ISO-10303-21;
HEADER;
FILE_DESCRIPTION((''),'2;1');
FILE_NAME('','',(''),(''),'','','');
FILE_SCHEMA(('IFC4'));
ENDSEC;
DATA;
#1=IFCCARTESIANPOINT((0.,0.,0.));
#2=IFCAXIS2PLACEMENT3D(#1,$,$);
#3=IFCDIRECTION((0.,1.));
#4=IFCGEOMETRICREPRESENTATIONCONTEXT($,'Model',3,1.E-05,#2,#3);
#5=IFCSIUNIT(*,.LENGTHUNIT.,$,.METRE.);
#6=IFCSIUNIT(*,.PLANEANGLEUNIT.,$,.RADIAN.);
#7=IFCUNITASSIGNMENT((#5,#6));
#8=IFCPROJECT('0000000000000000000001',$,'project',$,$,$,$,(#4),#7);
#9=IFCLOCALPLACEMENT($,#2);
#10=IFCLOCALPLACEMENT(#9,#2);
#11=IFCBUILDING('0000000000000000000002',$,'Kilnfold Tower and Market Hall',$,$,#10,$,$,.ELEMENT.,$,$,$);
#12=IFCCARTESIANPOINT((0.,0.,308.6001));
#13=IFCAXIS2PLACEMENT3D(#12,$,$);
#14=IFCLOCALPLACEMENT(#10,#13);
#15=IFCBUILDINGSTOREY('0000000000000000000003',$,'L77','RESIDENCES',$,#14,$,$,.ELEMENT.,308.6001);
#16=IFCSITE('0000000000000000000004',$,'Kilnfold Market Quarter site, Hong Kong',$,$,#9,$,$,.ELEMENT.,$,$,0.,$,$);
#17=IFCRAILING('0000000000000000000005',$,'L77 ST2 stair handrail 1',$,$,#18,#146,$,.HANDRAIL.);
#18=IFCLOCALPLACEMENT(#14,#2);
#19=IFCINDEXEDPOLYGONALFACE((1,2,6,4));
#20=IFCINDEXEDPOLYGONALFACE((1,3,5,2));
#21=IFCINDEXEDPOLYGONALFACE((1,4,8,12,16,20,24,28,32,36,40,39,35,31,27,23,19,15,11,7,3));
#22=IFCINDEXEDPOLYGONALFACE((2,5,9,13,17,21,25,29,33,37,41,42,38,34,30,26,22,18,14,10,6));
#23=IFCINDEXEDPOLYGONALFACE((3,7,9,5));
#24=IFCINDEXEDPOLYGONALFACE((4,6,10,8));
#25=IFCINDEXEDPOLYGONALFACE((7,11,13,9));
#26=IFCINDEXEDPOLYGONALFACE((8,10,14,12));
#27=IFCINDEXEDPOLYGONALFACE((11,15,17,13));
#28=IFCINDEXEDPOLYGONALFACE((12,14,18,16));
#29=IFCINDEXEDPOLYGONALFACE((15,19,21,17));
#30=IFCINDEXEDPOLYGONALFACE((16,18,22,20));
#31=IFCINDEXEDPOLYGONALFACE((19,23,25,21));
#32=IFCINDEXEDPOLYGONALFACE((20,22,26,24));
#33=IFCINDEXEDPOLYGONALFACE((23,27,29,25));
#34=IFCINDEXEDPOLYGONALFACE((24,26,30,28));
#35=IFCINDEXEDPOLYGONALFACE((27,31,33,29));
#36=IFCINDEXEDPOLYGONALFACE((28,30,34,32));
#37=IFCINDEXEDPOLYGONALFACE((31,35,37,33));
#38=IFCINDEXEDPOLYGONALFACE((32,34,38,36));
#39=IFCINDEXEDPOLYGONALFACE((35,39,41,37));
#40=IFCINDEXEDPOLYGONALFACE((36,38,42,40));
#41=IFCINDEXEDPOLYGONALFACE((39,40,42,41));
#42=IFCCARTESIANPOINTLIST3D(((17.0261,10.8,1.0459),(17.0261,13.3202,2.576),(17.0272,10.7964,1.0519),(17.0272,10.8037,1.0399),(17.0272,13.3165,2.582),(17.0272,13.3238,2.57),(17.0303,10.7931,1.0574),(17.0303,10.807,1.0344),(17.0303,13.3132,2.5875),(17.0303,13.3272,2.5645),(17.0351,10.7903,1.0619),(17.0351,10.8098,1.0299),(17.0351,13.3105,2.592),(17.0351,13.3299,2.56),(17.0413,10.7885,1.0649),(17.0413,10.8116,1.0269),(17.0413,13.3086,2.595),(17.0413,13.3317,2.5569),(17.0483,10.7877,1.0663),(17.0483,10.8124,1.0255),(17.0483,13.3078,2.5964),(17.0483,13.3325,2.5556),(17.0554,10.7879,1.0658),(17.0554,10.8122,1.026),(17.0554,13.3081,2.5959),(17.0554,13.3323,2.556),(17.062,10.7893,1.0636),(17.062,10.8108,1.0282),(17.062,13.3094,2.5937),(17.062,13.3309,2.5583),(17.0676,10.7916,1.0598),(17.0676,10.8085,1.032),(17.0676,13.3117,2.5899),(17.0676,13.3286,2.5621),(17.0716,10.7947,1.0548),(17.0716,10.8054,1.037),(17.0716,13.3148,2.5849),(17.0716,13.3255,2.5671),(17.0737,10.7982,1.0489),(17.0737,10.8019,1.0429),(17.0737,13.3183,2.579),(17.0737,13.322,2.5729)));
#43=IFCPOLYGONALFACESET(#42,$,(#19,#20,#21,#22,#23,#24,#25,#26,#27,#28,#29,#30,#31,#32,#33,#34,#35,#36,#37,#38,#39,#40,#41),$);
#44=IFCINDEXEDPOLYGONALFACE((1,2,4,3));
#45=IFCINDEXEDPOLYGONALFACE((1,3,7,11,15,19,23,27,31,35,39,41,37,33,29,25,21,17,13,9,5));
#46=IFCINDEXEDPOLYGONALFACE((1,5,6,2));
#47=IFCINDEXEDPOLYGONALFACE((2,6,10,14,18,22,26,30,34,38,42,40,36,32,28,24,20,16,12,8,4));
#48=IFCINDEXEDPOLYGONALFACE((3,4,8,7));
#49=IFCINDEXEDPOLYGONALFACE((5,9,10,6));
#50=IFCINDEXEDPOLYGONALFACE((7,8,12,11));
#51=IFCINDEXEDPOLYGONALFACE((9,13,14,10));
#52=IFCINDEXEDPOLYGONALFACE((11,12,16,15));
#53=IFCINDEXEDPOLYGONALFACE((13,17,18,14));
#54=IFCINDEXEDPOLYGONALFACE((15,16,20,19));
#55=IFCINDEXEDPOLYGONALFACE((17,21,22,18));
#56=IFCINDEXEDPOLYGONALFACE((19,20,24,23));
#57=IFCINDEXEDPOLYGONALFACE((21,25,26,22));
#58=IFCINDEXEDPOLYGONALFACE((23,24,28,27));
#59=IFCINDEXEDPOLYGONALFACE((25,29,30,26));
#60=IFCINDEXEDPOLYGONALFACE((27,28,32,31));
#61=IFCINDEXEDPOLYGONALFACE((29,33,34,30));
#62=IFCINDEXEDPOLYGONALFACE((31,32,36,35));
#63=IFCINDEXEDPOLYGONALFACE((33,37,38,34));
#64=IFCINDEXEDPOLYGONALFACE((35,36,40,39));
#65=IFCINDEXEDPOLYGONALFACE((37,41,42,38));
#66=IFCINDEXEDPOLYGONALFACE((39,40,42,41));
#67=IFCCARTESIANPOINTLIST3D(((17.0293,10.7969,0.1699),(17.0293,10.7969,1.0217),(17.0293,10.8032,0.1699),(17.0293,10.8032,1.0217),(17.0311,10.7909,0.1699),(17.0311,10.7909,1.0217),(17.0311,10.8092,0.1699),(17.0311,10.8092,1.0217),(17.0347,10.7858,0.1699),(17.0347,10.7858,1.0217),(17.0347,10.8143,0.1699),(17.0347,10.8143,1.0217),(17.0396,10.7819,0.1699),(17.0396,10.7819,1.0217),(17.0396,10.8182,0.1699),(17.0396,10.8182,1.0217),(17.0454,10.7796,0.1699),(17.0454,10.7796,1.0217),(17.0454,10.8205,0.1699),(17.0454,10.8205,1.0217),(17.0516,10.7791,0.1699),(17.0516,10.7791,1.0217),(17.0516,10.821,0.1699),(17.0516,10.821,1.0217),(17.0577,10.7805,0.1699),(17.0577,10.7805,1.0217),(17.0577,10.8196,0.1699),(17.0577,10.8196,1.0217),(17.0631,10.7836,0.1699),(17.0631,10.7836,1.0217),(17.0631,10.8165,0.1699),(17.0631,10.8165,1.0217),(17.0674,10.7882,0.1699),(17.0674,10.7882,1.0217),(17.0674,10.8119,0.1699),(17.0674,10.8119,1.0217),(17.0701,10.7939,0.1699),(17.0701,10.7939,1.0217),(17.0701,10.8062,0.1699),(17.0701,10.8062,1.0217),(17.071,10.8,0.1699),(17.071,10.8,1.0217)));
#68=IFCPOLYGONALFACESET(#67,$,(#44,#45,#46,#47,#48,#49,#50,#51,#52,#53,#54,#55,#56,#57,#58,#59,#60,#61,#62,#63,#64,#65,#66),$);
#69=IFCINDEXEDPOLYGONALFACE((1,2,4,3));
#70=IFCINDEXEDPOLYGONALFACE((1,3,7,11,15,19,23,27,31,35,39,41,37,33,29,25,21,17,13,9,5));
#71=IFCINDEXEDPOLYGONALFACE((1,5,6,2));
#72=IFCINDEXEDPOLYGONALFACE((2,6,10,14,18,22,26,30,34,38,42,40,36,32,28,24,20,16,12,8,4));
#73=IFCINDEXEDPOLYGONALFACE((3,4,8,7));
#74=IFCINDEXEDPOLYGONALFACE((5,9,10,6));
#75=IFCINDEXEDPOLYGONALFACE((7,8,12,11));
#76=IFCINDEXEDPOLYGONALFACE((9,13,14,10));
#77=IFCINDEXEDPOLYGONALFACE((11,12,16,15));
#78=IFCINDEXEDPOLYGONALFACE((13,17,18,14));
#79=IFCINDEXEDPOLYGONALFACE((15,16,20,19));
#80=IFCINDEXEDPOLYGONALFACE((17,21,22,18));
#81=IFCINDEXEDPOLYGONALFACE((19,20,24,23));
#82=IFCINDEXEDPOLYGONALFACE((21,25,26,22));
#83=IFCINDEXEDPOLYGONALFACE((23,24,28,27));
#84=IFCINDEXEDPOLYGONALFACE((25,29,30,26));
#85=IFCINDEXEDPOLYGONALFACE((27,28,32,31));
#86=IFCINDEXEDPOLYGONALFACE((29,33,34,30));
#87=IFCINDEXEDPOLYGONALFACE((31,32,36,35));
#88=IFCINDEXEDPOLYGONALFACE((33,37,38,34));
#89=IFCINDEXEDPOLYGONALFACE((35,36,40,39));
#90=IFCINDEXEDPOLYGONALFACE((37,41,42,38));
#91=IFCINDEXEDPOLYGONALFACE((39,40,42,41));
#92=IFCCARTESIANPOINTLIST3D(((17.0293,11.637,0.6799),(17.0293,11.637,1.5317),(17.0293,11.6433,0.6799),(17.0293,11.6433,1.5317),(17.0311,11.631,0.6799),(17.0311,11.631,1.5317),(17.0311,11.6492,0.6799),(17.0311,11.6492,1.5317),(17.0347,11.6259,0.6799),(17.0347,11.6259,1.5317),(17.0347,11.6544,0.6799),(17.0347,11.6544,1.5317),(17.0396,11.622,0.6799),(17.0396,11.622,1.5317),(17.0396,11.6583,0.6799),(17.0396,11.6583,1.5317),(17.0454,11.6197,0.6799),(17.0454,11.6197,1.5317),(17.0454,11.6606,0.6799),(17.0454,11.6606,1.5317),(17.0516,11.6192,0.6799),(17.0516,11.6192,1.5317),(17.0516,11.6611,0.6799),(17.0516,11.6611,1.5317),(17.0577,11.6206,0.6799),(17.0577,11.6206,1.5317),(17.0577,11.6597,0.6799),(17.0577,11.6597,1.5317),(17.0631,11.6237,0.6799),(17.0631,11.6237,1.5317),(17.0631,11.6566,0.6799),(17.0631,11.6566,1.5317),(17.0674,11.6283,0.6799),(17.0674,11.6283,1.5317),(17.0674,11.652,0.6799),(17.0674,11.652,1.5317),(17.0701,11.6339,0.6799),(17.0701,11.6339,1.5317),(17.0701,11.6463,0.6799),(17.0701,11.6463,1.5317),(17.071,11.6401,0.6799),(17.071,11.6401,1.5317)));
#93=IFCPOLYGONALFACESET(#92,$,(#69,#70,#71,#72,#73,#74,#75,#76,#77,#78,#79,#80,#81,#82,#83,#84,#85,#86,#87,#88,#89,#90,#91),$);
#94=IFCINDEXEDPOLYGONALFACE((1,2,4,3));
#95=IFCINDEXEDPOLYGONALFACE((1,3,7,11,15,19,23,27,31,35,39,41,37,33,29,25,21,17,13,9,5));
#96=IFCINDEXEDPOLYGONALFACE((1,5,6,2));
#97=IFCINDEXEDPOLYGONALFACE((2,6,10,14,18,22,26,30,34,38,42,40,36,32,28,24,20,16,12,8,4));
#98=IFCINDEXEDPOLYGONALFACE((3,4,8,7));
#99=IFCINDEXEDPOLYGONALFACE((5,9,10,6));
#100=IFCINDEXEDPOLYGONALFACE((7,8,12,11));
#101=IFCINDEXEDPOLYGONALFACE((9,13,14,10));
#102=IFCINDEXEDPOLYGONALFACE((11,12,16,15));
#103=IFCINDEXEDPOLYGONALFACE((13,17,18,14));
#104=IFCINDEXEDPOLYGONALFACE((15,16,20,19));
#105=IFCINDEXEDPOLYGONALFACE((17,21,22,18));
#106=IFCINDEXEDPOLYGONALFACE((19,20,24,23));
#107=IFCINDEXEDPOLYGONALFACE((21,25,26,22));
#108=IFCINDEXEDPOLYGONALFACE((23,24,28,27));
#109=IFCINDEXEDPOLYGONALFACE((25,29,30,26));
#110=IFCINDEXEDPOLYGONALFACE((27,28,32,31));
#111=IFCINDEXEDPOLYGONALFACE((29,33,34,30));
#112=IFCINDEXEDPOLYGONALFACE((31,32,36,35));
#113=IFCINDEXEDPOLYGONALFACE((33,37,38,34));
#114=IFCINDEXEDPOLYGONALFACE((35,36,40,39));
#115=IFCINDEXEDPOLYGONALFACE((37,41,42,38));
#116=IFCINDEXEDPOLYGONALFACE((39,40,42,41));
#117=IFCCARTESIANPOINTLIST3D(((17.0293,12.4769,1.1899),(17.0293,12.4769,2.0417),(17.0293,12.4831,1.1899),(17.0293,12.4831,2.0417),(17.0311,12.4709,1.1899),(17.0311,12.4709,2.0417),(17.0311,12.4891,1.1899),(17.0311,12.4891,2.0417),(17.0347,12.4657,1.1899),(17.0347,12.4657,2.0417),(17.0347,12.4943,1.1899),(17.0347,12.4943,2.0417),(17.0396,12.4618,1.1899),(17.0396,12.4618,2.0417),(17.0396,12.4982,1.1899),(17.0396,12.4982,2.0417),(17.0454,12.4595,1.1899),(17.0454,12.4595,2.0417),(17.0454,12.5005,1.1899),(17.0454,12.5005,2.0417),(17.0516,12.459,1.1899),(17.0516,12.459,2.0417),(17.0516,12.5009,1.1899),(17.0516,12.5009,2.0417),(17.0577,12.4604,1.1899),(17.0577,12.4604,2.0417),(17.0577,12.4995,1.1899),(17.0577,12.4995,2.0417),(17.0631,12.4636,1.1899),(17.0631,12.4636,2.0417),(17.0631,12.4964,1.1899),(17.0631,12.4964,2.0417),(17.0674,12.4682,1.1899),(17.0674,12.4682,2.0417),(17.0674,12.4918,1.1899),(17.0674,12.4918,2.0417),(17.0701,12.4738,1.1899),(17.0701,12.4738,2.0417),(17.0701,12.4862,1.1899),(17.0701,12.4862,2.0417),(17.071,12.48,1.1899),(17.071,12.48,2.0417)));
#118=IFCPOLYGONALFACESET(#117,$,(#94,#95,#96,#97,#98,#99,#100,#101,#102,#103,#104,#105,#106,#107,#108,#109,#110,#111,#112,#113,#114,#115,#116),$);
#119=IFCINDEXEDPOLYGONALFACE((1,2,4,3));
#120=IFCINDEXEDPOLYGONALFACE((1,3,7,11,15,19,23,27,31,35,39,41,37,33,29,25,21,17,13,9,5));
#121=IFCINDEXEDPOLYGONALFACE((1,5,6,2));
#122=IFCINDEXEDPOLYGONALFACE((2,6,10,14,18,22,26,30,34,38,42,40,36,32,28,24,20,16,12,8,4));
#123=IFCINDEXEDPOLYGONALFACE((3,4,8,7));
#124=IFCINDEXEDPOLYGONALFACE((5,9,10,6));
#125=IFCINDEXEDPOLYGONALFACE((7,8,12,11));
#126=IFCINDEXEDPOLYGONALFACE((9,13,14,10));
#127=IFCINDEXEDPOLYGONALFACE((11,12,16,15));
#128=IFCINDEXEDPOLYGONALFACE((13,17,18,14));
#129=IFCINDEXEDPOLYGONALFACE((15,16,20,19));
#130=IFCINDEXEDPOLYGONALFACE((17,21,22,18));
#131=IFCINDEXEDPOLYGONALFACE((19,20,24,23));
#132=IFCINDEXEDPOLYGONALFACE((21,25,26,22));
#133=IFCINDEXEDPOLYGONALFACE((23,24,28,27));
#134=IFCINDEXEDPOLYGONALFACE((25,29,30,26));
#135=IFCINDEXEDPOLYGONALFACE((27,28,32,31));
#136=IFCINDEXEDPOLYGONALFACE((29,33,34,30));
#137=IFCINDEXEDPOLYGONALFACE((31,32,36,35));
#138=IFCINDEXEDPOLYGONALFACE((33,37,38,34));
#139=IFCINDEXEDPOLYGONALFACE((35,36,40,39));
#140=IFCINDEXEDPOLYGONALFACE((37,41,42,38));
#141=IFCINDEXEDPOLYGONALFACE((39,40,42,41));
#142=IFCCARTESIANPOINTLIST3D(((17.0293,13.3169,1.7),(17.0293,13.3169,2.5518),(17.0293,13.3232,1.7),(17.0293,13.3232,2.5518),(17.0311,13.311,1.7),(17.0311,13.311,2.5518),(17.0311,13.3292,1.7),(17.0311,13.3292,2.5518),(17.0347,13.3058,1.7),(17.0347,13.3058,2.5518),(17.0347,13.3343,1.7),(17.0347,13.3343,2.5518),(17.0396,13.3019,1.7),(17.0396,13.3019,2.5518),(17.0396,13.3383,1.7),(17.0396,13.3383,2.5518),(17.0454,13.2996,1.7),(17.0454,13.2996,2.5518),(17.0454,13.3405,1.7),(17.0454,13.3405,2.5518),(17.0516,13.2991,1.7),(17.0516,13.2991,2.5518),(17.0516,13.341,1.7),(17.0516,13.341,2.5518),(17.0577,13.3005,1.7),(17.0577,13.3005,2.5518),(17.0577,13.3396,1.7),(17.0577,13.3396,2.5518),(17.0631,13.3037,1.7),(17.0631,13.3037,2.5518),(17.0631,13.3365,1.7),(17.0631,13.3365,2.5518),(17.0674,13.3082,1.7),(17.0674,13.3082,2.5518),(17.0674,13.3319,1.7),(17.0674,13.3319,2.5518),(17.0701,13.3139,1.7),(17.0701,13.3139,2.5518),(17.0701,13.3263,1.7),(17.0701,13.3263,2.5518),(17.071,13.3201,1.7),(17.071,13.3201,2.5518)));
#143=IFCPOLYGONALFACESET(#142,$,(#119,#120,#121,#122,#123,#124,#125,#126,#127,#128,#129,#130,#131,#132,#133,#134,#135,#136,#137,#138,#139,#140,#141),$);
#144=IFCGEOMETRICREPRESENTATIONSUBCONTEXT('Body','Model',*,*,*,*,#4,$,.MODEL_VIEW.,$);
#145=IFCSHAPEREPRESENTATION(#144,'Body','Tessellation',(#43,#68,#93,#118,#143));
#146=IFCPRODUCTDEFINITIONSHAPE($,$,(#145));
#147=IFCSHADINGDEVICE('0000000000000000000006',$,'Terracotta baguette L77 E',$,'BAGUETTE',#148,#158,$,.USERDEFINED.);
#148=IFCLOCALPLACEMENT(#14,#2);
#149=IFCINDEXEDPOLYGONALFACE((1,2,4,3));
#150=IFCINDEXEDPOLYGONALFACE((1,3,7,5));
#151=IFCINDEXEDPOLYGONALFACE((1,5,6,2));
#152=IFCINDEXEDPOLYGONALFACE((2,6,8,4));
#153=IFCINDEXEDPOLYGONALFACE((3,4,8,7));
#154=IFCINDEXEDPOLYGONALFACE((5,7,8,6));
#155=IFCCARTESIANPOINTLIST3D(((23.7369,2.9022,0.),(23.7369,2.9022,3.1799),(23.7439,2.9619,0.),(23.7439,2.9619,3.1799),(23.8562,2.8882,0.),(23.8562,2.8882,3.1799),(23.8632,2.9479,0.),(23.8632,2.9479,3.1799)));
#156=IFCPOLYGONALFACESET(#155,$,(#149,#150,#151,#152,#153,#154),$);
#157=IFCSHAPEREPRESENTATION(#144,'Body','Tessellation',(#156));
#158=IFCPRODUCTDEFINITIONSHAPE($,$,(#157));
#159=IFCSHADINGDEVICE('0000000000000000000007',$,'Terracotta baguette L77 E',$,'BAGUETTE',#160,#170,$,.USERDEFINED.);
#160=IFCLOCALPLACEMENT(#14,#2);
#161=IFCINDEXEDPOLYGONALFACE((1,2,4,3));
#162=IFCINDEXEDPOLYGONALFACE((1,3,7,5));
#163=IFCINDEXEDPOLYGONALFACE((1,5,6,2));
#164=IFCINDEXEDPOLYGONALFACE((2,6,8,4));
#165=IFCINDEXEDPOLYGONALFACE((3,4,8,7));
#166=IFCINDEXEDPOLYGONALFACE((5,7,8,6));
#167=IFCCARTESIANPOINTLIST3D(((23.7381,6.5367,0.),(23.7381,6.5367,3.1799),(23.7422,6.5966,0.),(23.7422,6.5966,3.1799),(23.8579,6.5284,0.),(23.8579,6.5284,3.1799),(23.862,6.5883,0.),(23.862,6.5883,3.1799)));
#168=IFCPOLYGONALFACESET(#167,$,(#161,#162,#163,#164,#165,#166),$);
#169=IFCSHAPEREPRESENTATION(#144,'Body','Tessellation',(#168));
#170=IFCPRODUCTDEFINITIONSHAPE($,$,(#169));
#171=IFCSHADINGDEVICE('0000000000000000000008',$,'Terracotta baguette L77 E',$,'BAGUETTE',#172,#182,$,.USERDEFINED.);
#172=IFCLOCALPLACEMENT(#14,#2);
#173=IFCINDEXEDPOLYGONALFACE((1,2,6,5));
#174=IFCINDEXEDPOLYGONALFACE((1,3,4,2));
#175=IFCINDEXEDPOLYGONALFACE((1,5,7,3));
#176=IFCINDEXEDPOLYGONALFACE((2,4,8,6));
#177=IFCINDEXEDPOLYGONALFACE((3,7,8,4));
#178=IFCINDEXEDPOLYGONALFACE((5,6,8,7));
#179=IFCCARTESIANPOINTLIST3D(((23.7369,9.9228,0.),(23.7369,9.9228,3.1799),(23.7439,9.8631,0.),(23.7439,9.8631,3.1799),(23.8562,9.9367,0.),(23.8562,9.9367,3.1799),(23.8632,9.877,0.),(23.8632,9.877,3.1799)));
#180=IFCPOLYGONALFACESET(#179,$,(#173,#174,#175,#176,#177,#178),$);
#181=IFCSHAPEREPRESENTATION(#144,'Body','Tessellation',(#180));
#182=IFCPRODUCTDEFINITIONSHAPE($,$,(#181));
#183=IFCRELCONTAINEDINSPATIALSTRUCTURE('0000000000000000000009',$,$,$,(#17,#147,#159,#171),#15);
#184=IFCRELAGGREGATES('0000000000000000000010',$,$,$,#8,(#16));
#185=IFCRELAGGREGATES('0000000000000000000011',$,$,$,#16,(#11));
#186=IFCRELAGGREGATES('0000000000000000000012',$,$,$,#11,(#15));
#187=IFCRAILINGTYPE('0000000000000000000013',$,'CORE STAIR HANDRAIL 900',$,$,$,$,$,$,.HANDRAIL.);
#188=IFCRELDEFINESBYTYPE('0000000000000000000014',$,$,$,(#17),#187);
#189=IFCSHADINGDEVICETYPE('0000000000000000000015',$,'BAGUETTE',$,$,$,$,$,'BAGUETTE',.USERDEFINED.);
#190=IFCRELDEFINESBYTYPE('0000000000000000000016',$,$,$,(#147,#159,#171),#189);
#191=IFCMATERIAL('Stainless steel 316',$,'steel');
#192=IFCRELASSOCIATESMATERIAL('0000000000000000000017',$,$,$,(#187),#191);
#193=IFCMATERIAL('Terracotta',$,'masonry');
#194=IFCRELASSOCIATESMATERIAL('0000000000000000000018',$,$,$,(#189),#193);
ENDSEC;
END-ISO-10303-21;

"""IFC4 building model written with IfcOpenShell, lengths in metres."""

from ifc_helpers import new_model, si_unit, direction, frame, origin, origin_2d, place, context, subcontext, project, spatial, rectangle, circle, extrude, source, transform, mapped, material, material_profile, profile_set, type_object, element, save


model = new_model("IFC4")

# Units and contexts
model_context = context("Model", 3, precision=1e-05, world=origin(), true_north=direction((0.0, 1.0)))
body_context = subcontext(model_context, "Body", "Model", "MODEL_VIEW")
ifc_project = project(units=[si_unit("LENGTHUNIT", "METRE"), si_unit("PLANEANGLEUNIT", "RADIAN")], contexts=[model_context])

# Site, building, storey
site_placement = place(None, origin())
site = spatial("IfcSite", under=ifc_project, at=site_placement, Name="Kilnfold Market Quarter site, Hong Kong", CompositionType="ELEMENT", RefElevation=0.0)
building_placement = place(site_placement, origin())
building = spatial("IfcBuilding", under=site, at=building_placement, Name="Kilnfold Tower and Market Hall", CompositionType="ELEMENT")
storey_placement = place(building_placement, frame((0.0, 0.0, 308.6001)))
storey = spatial("IfcBuildingStorey", under=building, at=storey_placement, Name="L77", Description="RESIDENCES", CompositionType="ELEMENT", Elevation=308.6001)

# Railing
ifc_material_1 = material(Name="Stainless steel 316", Category="steel")
railing_type_1 = type_object("IfcRailingType", Name="CORE STAIR HANDRAIL 900", PredefinedType="HANDRAIL", material=ifc_material_1)
railing_1_placement = place(storey_placement, frame((17.05, 10.8, 0.1699)))
element("IfcRailing", 1, at=railing_1_placement, inside=storey, type_object=railing_type_1, Name="L77 ST2 stair handrail 1", PredefinedType="HANDRAIL", context=body_context, shape_type="SweptSolid", body=[
    extrude(circle(Radius=0.0239, at=origin_2d()), frame((0.0, 0.0, 0.876), z_axis=(0.0, 0.854785, 0.518982), x_axis=(-1.0, 0.0, 0.0)), (0.0, 0.0, 1.0), 2.9482),
    extrude(circle(Radius=0.021, at=origin_2d()), origin(), (0.0, 0.0, 1.0), 0.8518),
    extrude(circle(Radius=0.021, at=origin_2d()), frame((0.0, 0.8401, 0.51)), (0.0, 0.0, 1.0), 0.8518),
    extrude(circle(Radius=0.021, at=origin_2d()), frame((0.0, 1.6799, 1.02)), (0.0, 0.0, 1.0), 0.8518),
    extrude(circle(Radius=0.021, at=origin_2d()), frame((0.0, 2.52, 1.53)), (0.0, 0.0, 1.0), 0.8518),
])

# Shading devices
ifc_material_2 = material(Name="Terracotta", Category="masonry")
ifc_material_profile_1 = material_profile(ifc_material_2, rectangle(XDim=0.0601, YDim=0.1201, at=origin_2d()), Name="BAG 60x120")
ifc_profile_set_1 = profile_set([ifc_material_profile_1], Name="Terracotta")
shading_device_type = type_object("IfcShadingDeviceType", Name="BAGUETTE", ElementType="BAGUETTE", PredefinedType="USERDEFINED", material=ifc_profile_set_1)
shared_shape_1 = source(origin(), body_context, "Body", "SweptSolid", [
    extrude(rectangle(XDim=0.0601, YDim=0.1201, at=origin_2d()), origin(), (0.0, 0.0, 1.0), 3.1799),
])
for number, where, z_axis, x_axis, name in (
    (2, (23.8, 2.925, 0.0), (0.0, 0.0, 1.0), (0.1167, 0.993167, 0.0), "Terracotta baguette L77 E"),
    (3, (23.8, 6.5625, 0.0), (0.0, 0.0, 1.0), (0.068839, 0.997628, 0.0), "Terracotta baguette L77 E"),
    (4, (23.8, 9.8999, 0.0), (0.0, 0.0, 1.0), (-0.115844, 0.993267, 0.0), "Terracotta baguette L77 E"),
):
    element("IfcShadingDevice", number, at=place(storey_placement, frame(where, z_axis=z_axis, x_axis=x_axis)), inside=storey, type_object=shading_device_type, Name=name, ObjectType="BAGUETTE", PredefinedType="USERDEFINED", context=body_context, shape_type="MappedRepresentation", body=[
        mapped(shared_shape_1, transform((0.0, 0.0, 0.0))),
    ])

save(model, "model.ifc")
